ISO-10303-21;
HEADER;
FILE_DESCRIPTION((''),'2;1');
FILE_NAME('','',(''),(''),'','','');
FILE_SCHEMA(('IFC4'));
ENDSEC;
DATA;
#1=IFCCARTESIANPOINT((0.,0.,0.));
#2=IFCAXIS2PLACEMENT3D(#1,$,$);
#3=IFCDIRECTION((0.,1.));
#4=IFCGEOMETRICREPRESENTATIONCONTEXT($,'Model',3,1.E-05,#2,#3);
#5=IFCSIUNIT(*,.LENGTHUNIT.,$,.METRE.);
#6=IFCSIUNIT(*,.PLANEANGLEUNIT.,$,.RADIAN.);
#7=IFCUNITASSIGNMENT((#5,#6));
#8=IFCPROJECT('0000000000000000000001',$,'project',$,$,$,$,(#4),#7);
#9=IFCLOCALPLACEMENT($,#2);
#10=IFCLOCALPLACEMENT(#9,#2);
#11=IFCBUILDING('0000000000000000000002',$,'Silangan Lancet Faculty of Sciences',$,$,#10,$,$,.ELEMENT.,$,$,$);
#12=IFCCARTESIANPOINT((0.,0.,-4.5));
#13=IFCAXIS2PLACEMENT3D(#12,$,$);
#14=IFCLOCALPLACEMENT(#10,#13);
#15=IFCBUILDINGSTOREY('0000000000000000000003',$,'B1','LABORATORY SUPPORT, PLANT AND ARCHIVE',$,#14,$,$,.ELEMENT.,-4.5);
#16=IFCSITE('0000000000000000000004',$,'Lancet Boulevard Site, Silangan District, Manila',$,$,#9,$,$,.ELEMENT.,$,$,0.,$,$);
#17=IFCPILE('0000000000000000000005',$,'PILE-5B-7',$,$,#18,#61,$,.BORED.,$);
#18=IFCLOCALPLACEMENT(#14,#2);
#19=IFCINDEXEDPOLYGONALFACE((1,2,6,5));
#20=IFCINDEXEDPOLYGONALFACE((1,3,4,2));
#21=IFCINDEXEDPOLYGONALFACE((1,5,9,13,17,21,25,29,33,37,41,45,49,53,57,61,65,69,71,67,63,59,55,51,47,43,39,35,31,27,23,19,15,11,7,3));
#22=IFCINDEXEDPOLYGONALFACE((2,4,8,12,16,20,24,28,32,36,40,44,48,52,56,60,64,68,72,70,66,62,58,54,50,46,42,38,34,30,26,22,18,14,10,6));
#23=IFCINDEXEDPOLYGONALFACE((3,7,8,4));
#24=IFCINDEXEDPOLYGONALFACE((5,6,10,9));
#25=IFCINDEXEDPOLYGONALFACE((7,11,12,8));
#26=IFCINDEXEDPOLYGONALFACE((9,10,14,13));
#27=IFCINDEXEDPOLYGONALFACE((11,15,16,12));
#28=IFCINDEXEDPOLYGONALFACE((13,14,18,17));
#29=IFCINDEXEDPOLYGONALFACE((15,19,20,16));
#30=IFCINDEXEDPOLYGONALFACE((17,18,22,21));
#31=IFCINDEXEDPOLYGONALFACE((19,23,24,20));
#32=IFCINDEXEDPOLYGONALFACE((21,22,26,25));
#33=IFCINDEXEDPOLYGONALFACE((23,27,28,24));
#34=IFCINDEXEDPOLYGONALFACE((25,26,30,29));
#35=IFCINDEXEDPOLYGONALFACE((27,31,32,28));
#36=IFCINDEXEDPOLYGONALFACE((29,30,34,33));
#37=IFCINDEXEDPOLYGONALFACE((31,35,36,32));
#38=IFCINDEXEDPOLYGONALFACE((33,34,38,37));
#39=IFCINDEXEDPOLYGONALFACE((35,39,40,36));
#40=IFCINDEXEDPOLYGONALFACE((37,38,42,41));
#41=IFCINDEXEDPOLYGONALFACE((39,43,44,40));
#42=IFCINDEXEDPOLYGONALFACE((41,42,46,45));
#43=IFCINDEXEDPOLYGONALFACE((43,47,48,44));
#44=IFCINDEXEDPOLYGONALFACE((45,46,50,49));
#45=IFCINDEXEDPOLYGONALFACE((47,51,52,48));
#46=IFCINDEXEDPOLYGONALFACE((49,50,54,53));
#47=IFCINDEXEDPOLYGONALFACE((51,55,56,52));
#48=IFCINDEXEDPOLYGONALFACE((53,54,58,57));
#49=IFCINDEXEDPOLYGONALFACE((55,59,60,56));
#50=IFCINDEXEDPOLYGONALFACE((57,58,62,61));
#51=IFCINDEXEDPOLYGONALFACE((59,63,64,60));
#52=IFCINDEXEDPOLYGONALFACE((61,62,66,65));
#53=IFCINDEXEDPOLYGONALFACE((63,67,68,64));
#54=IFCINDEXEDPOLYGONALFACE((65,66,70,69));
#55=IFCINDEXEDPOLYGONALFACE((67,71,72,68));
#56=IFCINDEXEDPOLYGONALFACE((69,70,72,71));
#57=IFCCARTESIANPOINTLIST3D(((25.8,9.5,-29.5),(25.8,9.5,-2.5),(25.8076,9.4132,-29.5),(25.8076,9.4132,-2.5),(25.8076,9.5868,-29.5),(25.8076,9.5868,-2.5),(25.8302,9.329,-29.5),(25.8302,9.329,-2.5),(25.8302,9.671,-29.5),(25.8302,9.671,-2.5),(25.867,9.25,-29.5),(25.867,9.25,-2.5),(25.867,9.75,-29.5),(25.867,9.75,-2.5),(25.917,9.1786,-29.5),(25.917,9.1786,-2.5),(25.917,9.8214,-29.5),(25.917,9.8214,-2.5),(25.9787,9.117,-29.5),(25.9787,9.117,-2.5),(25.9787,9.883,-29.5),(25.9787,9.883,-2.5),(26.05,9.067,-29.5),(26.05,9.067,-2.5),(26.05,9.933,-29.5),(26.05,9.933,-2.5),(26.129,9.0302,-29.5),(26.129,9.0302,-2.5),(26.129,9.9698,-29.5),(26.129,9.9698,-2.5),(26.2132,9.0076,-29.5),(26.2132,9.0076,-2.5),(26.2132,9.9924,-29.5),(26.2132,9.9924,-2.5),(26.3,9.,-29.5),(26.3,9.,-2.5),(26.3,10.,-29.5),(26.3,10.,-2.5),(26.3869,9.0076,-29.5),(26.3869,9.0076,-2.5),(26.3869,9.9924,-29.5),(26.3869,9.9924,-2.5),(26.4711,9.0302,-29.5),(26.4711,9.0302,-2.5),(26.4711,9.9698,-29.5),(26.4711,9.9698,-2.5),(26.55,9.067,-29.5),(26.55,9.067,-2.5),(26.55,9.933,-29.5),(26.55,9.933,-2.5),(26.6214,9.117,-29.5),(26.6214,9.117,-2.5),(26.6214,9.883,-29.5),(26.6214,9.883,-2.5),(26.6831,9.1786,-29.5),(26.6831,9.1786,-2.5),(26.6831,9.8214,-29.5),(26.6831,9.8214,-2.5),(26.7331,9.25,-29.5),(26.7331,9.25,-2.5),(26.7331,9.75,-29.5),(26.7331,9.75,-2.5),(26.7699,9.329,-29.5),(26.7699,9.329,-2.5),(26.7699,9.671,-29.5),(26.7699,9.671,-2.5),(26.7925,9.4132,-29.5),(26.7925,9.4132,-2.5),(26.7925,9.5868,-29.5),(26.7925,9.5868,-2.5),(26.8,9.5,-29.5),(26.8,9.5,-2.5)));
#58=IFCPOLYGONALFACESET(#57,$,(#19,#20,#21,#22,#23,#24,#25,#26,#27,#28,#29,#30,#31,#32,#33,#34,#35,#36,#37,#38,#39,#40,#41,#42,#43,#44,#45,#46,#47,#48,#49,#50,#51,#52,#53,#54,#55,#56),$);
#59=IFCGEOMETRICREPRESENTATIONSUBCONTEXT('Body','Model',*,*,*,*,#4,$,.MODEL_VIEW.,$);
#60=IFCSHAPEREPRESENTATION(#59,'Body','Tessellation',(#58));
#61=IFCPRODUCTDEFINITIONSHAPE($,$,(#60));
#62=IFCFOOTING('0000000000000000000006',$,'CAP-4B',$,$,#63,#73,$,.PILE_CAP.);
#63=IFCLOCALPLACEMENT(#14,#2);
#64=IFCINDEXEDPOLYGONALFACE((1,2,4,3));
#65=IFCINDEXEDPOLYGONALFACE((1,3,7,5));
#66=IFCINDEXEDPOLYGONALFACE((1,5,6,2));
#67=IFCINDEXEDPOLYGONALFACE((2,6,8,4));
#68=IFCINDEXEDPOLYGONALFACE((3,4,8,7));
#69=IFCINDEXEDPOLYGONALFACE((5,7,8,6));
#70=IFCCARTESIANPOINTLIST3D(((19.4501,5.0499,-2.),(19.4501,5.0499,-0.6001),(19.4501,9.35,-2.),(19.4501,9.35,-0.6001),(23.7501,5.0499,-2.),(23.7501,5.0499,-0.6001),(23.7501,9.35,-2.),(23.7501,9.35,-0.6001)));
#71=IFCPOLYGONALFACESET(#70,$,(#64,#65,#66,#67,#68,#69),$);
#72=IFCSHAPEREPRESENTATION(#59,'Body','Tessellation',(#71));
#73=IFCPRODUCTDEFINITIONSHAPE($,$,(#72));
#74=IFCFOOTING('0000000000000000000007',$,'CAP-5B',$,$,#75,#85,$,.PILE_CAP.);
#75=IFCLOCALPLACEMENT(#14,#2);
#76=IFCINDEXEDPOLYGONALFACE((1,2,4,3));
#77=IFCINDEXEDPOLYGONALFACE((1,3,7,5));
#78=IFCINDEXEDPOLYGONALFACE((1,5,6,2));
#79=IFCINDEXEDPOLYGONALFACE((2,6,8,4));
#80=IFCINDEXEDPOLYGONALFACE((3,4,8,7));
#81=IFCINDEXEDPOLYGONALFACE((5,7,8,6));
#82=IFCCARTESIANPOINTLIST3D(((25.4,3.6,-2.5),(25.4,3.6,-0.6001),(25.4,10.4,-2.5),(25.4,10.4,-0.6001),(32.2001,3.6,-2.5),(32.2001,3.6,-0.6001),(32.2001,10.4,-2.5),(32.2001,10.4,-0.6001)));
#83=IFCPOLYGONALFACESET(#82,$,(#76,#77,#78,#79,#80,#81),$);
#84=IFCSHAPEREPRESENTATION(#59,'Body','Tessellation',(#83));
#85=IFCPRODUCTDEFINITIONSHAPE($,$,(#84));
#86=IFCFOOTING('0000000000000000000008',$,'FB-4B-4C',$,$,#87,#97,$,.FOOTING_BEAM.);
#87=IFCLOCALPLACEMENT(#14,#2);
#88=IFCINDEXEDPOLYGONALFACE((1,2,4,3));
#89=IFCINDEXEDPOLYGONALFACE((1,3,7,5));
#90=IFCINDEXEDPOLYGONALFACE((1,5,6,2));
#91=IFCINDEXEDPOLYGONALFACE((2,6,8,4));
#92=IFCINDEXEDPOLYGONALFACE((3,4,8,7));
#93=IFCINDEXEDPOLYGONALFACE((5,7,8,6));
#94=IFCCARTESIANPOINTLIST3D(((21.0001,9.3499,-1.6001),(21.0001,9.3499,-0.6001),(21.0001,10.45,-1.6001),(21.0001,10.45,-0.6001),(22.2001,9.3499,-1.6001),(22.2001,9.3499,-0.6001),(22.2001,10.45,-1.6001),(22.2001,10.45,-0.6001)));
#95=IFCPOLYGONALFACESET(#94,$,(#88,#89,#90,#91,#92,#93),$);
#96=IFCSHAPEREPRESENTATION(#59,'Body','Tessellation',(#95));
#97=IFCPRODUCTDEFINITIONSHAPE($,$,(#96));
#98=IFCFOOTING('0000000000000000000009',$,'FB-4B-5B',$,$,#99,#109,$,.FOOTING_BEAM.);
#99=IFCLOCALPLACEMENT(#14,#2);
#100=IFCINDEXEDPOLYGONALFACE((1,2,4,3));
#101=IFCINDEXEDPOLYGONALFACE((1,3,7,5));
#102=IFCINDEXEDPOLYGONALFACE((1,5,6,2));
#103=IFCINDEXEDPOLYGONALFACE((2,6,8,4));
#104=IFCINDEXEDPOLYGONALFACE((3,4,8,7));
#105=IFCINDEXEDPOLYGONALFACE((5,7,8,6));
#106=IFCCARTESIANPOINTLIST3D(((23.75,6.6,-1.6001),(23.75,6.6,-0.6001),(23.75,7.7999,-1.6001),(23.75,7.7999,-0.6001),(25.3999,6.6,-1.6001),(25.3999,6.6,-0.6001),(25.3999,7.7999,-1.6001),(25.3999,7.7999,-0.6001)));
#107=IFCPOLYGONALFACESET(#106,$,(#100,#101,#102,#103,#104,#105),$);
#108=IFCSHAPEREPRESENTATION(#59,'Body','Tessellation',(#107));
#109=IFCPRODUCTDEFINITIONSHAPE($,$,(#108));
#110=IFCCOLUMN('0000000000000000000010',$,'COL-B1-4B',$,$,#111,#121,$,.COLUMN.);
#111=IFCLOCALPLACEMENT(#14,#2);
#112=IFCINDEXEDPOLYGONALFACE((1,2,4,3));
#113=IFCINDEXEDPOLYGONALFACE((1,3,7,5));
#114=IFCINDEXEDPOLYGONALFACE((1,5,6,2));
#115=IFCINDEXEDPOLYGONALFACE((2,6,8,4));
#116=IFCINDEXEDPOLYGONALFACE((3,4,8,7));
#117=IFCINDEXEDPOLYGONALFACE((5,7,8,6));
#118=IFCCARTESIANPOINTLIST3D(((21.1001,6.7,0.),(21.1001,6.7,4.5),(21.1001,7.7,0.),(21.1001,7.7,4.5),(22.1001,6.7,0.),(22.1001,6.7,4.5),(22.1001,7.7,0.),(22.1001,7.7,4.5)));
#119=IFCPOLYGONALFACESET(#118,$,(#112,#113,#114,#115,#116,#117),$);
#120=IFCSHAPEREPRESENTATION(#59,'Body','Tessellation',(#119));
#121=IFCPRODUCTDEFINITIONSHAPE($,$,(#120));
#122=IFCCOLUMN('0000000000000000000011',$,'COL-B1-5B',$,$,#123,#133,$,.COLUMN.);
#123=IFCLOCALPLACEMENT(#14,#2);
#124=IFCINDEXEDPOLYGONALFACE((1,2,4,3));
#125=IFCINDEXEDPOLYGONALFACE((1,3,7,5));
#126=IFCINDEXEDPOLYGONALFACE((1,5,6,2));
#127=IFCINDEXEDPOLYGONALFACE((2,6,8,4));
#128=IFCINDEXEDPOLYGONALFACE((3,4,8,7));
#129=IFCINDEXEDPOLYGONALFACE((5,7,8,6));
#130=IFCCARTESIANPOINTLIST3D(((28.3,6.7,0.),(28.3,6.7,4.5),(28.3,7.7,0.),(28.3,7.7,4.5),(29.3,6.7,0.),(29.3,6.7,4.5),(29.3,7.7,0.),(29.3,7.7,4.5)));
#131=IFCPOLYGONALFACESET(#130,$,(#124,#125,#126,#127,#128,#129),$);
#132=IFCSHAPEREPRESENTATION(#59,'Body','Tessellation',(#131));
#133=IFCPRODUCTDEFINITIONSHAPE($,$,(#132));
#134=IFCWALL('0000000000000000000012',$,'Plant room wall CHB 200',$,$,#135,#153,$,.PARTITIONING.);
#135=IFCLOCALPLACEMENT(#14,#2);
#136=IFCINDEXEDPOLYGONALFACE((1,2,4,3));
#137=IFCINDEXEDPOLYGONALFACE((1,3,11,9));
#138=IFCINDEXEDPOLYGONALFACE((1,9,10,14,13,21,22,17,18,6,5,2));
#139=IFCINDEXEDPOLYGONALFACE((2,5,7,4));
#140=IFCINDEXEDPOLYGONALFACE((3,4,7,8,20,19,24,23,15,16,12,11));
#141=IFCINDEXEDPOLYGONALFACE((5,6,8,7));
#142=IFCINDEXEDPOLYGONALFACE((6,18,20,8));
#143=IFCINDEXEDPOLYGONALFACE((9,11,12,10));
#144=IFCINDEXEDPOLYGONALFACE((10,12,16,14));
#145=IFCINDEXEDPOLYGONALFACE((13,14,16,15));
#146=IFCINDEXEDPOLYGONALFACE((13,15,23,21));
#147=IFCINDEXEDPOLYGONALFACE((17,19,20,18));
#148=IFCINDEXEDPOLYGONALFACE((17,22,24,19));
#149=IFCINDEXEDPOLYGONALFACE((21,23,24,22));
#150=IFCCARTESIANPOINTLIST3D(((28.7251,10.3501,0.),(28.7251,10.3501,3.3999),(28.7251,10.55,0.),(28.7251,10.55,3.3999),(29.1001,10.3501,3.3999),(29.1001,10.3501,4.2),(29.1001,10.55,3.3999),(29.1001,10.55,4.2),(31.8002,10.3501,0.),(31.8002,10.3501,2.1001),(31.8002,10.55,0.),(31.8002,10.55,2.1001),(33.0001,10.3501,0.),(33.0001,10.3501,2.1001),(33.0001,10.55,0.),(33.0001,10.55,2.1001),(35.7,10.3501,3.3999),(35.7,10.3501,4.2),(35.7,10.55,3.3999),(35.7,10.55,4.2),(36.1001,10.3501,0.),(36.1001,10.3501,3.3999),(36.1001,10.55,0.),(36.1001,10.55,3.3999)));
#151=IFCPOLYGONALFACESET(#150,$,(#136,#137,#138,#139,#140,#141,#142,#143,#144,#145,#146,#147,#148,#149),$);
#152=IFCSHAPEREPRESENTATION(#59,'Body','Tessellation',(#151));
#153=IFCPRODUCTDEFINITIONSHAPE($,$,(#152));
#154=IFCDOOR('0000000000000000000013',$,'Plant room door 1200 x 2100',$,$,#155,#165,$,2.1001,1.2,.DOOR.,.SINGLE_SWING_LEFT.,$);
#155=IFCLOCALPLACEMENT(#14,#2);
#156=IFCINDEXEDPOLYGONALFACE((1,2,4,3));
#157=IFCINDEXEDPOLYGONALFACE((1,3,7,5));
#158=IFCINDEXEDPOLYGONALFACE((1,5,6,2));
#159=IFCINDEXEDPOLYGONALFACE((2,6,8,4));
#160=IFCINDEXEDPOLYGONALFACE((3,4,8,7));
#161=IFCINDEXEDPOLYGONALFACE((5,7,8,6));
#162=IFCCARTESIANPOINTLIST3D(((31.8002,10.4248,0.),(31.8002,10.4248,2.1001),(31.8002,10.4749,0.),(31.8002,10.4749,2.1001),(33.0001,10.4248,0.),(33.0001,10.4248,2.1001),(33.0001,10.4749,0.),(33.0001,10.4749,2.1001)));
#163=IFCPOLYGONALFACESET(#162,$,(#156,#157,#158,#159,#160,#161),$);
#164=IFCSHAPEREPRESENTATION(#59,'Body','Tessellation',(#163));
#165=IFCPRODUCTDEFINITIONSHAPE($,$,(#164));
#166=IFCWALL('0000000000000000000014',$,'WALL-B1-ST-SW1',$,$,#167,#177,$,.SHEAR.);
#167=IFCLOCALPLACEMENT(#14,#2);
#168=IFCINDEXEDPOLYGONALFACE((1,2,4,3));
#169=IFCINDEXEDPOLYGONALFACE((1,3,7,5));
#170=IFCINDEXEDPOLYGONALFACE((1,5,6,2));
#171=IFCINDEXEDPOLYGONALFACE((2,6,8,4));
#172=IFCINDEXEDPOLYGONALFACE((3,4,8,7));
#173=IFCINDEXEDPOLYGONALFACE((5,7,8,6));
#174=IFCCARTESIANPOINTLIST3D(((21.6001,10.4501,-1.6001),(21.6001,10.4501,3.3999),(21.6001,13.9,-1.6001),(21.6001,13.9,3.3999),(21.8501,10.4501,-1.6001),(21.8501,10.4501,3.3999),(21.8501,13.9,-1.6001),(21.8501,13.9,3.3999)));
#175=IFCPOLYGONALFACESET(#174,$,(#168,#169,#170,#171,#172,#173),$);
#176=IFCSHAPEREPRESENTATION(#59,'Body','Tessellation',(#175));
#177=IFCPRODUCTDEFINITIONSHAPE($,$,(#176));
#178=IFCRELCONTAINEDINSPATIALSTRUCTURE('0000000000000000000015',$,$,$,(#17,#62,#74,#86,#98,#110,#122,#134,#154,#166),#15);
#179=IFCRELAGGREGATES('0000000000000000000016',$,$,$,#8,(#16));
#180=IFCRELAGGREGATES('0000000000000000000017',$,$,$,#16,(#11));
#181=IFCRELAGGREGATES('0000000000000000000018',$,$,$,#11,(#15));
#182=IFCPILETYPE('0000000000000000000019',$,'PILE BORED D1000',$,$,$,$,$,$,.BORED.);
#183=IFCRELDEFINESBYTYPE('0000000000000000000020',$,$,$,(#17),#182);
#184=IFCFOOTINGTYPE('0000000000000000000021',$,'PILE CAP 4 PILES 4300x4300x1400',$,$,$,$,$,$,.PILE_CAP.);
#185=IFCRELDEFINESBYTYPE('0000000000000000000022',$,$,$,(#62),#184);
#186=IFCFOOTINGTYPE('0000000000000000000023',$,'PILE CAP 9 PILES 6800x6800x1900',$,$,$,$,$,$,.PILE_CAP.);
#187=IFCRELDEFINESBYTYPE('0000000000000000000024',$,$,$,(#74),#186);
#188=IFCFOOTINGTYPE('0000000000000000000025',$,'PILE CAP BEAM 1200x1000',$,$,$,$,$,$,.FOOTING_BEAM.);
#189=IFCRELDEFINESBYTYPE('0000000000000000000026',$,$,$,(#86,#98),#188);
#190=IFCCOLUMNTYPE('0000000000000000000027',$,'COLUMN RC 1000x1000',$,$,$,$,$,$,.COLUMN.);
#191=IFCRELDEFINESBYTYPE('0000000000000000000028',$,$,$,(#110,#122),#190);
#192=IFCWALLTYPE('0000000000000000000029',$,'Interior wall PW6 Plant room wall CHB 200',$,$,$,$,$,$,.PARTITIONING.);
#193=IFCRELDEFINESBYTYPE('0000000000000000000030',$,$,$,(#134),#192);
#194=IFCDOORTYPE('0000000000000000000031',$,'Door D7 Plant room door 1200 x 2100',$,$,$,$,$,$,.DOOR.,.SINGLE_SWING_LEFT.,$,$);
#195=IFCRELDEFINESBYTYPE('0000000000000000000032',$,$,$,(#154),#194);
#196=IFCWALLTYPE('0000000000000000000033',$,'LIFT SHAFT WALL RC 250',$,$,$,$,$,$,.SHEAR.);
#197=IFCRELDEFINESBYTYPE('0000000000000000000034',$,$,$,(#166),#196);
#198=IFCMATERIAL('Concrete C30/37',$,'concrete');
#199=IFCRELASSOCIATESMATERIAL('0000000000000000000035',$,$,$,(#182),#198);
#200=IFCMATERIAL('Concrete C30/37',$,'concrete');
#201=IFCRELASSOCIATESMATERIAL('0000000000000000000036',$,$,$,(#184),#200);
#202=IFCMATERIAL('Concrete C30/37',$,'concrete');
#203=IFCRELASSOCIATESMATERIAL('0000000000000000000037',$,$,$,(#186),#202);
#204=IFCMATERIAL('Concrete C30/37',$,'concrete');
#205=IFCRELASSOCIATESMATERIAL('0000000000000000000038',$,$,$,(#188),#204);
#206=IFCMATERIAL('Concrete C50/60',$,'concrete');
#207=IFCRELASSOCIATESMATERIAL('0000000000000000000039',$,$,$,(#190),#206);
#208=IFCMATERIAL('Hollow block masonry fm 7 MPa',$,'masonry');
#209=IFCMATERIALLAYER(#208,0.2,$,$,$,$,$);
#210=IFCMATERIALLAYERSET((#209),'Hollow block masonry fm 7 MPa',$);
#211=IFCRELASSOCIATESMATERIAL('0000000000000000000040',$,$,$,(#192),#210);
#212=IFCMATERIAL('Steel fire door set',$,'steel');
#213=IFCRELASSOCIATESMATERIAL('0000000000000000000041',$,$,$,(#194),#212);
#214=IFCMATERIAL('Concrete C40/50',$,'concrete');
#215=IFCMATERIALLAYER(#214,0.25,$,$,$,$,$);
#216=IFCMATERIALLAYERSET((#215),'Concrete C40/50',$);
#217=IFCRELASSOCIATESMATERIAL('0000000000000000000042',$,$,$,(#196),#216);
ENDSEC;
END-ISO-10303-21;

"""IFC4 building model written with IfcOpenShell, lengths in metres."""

from ifc_helpers import new_model, si_unit, direction, frame, frame_2d, origin, origin_2d, place, context, subcontext, project, spatial, polyline, rectangle, circle, outline, extrude, material, layer, layer_set, material_profile, profile_set, type_object, element, fill, save


model = new_model("IFC4")

# Units and contexts
model_context = context("Model", 3, precision=1e-05, world=origin(), true_north=direction((0.0, 1.0)))
body_context = subcontext(model_context, "Body", "Model", "MODEL_VIEW")
ifc_project = project(units=[si_unit("LENGTHUNIT", "METRE"), si_unit("PLANEANGLEUNIT", "RADIAN")], contexts=[model_context])

# Site, building, storey
site_placement = place(None, origin())
site = spatial("IfcSite", under=ifc_project, at=site_placement, Name="Lancet Boulevard Site, Silangan District, Manila", CompositionType="ELEMENT", RefElevation=0.0)
building_placement = place(site_placement, origin())
building = spatial("IfcBuilding", under=site, at=building_placement, Name="Silangan Lancet Faculty of Sciences", CompositionType="ELEMENT")
storey_placement = place(building_placement, frame((0.0, 0.0, -4.5)))
storey = spatial("IfcBuildingStorey", under=building, at=storey_placement, Name="B1", Description="LABORATORY SUPPORT, PLANT AND ARCHIVE", CompositionType="ELEMENT", Elevation=-4.5)

# Pile
ifc_material_1 = material(Name="Concrete C30/37", Category="concrete")
ifc_material_profile_1 = material_profile(ifc_material_1, circle(Radius=0.5, at=origin_2d()), Name="BORED PILE D1000")
ifc_profile_set_1 = profile_set([ifc_material_profile_1], Name="Concrete C30/37")
pile_type = type_object("IfcPileType", Name="PILE BORED D1000", PredefinedType="BORED", material=ifc_profile_set_1)
for number, where, z_axis, x_axis, name in (
    (1, (26.3, 9.5, -2.5), (0.0, 0.0, -1.0), (1.0, 0.0, 0.0), "PILE-5B-7"),
):
    element("IfcPile", number, at=place(storey_placement, frame(where, z_axis=z_axis, x_axis=x_axis)), inside=storey, type_object=pile_type, Name=name, PredefinedType="BORED", context=body_context, shape_type="SweptSolid", body=[
        extrude(circle(Radius=0.5, at=origin_2d()), origin(), (0.0, 0.0, 1.0), 27.0),
    ])

# Footings
ifc_material_2 = material(Name="Concrete C30/37", Category="concrete")
footing_type_1 = type_object("IfcFootingType", Name="PILE CAP 4 PILES 4300x4300x1400", PredefinedType="PILE_CAP", material=ifc_material_2)
footing_1_placement = place(storey_placement, frame((21.6001, 7.2, -2.0), z_axis=(0.0, 0.0, 1.0), x_axis=(1.0, 0.0, 0.0)))
element("IfcFooting", 2, at=footing_1_placement, inside=storey, type_object=footing_type_1, Name="CAP-4B", PredefinedType="PILE_CAP", context=body_context, shape_type="SweptSolid", body=[
    extrude(rectangle(XDim=4.3, YDim=4.3, at=origin_2d()), origin(), (0.0, 0.0, 1.0), 1.3999),
])
ifc_material_3 = material(Name="Concrete C30/37", Category="concrete")
footing_type_2 = type_object("IfcFootingType", Name="PILE CAP 9 PILES 6800x6800x1900", PredefinedType="PILE_CAP", material=ifc_material_3)
footing_2_placement = place(storey_placement, frame((28.8, 7.0, -2.5), z_axis=(0.0, 0.0, 1.0), x_axis=(1.0, 0.0, 0.0)))
element("IfcFooting", 3, at=footing_2_placement, inside=storey, type_object=footing_type_2, Name="CAP-5B", PredefinedType="PILE_CAP", context=body_context, shape_type="SweptSolid", body=[
    extrude(rectangle(XDim=6.8, YDim=6.8, at=origin_2d()), origin(), (0.0, 0.0, 1.0), 1.8999),
])
ifc_material_4 = material(Name="Concrete C30/37", Category="concrete")
footing_type_3 = type_object("IfcFootingType", Name="PILE CAP BEAM 1200x1000", PredefinedType="FOOTING_BEAM", material=ifc_material_4)
footing_3_placement = place(storey_placement, frame((21.6001, 9.8999, -1.6001), z_axis=(0.0, 0.0, 1.0), x_axis=(0.0, 1.0, 0.0)))
element("IfcFooting", 4, at=footing_3_placement, inside=storey, type_object=footing_type_3, Name="FB-4B-4C", PredefinedType="FOOTING_BEAM", context=body_context, shape_type="SweptSolid", body=[
    extrude(rectangle(XDim=1.1001, YDim=1.2, at=origin_2d()), origin(), (0.0, 0.0, 1.0), 1.0),
])
footing_4_placement = place(storey_placement, frame((24.575, 7.2, -1.6001), z_axis=(0.0, 0.0, 1.0), x_axis=(1.0, 0.0, 0.0)))
element("IfcFooting", 5, at=footing_4_placement, inside=storey, type_object=footing_type_3, Name="FB-4B-5B", PredefinedType="FOOTING_BEAM", context=body_context, shape_type="SweptSolid", body=[
    extrude(rectangle(XDim=1.6499, YDim=1.2, at=origin_2d()), origin(), (0.0, 0.0, 1.0), 1.0),
])

# Columns
ifc_material_5 = material(Name="Concrete C50/60", Category="concrete")
ifc_material_profile_2 = material_profile(ifc_material_5, rectangle(XDim=1.0, YDim=1.0, at=origin_2d()), Name="RC 1000x1000")
ifc_profile_set_2 = profile_set([ifc_material_profile_2], Name="Concrete C50/60")
column_type = type_object("IfcColumnType", Name="COLUMN RC 1000x1000", PredefinedType="COLUMN", material=ifc_profile_set_2)
for number, where, z_axis, x_axis, name in (
    (6, (21.6001, 7.2, 0.0), (0.0, 0.0, 1.0), (1.0, 0.0, 0.0), "COL-B1-4B"),
    (7, (28.8, 7.2, 0.0), (0.0, 0.0, 1.0), (1.0, 0.0, 0.0), "COL-B1-5B"),
):
    element("IfcColumn", number, at=place(storey_placement, frame(where, z_axis=z_axis, x_axis=x_axis)), inside=storey, type_object=column_type, Name=name, PredefinedType="COLUMN", context=body_context, shape_type="SweptSolid", body=[
        extrude(rectangle(XDim=1.0, YDim=1.0, at=origin_2d()), origin(), (0.0, 0.0, 1.0), 4.5),
    ])

# Wall, opening, door
ifc_material_6 = material(Name="Hollow block masonry fm 7 MPa", Category="masonry")
ifc_layer_1 = layer(ifc_material_6, 0.2)
ifc_layer_set_1 = layer_set([ifc_layer_1], Name="Hollow block masonry fm 7 MPa")
wall_type_1 = type_object("IfcWallType", Name="Interior wall PW6 Plant room wall CHB 200", PredefinedType="PARTITIONING", material=ifc_layer_set_1)
wall_1_placement = place(storey_placement, frame((28.7251, 10.45, 0.0), z_axis=(0.0, 0.0, 1.0), x_axis=(1.0, 0.0, 0.0)))
wall_1 = element("IfcWall", 8, at=wall_1_placement, inside=storey, type_object=wall_type_1, Name="Plant room wall CHB 200", PredefinedType="PARTITIONING", context=body_context, shape_type="SweptSolid", body=[
    extrude(outline(polyline([(0.0, 0.0), (7.375, 0.0), (7.375, 3.3999), (6.9749, 3.3999), (6.9749, 4.2), (0.375, 4.2), (0.375, 3.3999), (0.0, 3.3999), (0.0, 0.0)])), frame((0.0, 0.1001, 0.0), z_axis=(0.0, -1.0, 0.0), x_axis=(1.0, 0.0, 0.0)), (0.0, 0.0, 1.0), 0.2),
])
opening_1_placement = place(wall_1_placement, frame((3.075, 0.0, 0.0)))
opening_1 = element("IfcOpeningElement", 9, at=opening_1_placement, cuts=wall_1, PredefinedType="OPENING", context=body_context, shape_type="SweptSolid", body=[
    extrude(rectangle(XDim=1.2, YDim=2.1001, at=frame_2d((0.6001, 1.05))), frame((0.0, 0.1099, 0.0), z_axis=(0.0, -1.0, 0.0), x_axis=(1.0, 0.0, 0.0)), (0.0, 0.0, 1.0), 0.22),
])
ifc_material_7 = material(Name="Steel fire door set", Category="steel")
door_type_1 = type_object("IfcDoorType", Name="Door D7 Plant room door 1200 x 2100", OperationType="SINGLE_SWING_LEFT", PredefinedType="DOOR", material=ifc_material_7)
door_1_placement = place(opening_1_placement, origin())
door_1 = element("IfcDoor", 10, at=door_1_placement, inside=storey, type_object=door_type_1, Name="Plant room door 1200 x 2100", OperationType="SINGLE_SWING_LEFT", OverallHeight=2.1001, OverallWidth=1.2, PredefinedType="DOOR", context=body_context, shape_type="SweptSolid", body=[
    extrude(rectangle(XDim=1.2, YDim=2.1001, at=frame_2d((0.6001, 1.05))), frame((0.0, 0.0249, 0.0), z_axis=(0.0, -1.0, 0.0), x_axis=(1.0, 0.0, 0.0)), (0.0, 0.0, 1.0), 0.05),
])
fill(opening_1, door_1)

# Wall
ifc_material_8 = material(Name="Concrete C40/50", Category="concrete")
ifc_layer_2 = layer(ifc_material_8, 0.25)
ifc_layer_set_2 = layer_set([ifc_layer_2], Name="Concrete C40/50")
wall_type_2 = type_object("IfcWallType", Name="LIFT SHAFT WALL RC 250", PredefinedType="SHEAR", material=ifc_layer_set_2)
wall_2_placement = place(storey_placement, frame((21.7251, 10.45, -1.6001), z_axis=(0.0, 0.0, 1.0), x_axis=(0.0, 1.0, 0.0)))
element("IfcWall", 11, at=wall_2_placement, inside=storey, type_object=wall_type_2, Name="WALL-B1-ST-SW1", PredefinedType="SHEAR", context=body_context, shape_type="SweptSolid", body=[
    extrude(rectangle(XDim=3.45, YDim=0.25, at=frame_2d((1.7251, 0.0))), origin(), (0.0, 0.0, 1.0), 5.0),
])

save(model, "model.ifc")
